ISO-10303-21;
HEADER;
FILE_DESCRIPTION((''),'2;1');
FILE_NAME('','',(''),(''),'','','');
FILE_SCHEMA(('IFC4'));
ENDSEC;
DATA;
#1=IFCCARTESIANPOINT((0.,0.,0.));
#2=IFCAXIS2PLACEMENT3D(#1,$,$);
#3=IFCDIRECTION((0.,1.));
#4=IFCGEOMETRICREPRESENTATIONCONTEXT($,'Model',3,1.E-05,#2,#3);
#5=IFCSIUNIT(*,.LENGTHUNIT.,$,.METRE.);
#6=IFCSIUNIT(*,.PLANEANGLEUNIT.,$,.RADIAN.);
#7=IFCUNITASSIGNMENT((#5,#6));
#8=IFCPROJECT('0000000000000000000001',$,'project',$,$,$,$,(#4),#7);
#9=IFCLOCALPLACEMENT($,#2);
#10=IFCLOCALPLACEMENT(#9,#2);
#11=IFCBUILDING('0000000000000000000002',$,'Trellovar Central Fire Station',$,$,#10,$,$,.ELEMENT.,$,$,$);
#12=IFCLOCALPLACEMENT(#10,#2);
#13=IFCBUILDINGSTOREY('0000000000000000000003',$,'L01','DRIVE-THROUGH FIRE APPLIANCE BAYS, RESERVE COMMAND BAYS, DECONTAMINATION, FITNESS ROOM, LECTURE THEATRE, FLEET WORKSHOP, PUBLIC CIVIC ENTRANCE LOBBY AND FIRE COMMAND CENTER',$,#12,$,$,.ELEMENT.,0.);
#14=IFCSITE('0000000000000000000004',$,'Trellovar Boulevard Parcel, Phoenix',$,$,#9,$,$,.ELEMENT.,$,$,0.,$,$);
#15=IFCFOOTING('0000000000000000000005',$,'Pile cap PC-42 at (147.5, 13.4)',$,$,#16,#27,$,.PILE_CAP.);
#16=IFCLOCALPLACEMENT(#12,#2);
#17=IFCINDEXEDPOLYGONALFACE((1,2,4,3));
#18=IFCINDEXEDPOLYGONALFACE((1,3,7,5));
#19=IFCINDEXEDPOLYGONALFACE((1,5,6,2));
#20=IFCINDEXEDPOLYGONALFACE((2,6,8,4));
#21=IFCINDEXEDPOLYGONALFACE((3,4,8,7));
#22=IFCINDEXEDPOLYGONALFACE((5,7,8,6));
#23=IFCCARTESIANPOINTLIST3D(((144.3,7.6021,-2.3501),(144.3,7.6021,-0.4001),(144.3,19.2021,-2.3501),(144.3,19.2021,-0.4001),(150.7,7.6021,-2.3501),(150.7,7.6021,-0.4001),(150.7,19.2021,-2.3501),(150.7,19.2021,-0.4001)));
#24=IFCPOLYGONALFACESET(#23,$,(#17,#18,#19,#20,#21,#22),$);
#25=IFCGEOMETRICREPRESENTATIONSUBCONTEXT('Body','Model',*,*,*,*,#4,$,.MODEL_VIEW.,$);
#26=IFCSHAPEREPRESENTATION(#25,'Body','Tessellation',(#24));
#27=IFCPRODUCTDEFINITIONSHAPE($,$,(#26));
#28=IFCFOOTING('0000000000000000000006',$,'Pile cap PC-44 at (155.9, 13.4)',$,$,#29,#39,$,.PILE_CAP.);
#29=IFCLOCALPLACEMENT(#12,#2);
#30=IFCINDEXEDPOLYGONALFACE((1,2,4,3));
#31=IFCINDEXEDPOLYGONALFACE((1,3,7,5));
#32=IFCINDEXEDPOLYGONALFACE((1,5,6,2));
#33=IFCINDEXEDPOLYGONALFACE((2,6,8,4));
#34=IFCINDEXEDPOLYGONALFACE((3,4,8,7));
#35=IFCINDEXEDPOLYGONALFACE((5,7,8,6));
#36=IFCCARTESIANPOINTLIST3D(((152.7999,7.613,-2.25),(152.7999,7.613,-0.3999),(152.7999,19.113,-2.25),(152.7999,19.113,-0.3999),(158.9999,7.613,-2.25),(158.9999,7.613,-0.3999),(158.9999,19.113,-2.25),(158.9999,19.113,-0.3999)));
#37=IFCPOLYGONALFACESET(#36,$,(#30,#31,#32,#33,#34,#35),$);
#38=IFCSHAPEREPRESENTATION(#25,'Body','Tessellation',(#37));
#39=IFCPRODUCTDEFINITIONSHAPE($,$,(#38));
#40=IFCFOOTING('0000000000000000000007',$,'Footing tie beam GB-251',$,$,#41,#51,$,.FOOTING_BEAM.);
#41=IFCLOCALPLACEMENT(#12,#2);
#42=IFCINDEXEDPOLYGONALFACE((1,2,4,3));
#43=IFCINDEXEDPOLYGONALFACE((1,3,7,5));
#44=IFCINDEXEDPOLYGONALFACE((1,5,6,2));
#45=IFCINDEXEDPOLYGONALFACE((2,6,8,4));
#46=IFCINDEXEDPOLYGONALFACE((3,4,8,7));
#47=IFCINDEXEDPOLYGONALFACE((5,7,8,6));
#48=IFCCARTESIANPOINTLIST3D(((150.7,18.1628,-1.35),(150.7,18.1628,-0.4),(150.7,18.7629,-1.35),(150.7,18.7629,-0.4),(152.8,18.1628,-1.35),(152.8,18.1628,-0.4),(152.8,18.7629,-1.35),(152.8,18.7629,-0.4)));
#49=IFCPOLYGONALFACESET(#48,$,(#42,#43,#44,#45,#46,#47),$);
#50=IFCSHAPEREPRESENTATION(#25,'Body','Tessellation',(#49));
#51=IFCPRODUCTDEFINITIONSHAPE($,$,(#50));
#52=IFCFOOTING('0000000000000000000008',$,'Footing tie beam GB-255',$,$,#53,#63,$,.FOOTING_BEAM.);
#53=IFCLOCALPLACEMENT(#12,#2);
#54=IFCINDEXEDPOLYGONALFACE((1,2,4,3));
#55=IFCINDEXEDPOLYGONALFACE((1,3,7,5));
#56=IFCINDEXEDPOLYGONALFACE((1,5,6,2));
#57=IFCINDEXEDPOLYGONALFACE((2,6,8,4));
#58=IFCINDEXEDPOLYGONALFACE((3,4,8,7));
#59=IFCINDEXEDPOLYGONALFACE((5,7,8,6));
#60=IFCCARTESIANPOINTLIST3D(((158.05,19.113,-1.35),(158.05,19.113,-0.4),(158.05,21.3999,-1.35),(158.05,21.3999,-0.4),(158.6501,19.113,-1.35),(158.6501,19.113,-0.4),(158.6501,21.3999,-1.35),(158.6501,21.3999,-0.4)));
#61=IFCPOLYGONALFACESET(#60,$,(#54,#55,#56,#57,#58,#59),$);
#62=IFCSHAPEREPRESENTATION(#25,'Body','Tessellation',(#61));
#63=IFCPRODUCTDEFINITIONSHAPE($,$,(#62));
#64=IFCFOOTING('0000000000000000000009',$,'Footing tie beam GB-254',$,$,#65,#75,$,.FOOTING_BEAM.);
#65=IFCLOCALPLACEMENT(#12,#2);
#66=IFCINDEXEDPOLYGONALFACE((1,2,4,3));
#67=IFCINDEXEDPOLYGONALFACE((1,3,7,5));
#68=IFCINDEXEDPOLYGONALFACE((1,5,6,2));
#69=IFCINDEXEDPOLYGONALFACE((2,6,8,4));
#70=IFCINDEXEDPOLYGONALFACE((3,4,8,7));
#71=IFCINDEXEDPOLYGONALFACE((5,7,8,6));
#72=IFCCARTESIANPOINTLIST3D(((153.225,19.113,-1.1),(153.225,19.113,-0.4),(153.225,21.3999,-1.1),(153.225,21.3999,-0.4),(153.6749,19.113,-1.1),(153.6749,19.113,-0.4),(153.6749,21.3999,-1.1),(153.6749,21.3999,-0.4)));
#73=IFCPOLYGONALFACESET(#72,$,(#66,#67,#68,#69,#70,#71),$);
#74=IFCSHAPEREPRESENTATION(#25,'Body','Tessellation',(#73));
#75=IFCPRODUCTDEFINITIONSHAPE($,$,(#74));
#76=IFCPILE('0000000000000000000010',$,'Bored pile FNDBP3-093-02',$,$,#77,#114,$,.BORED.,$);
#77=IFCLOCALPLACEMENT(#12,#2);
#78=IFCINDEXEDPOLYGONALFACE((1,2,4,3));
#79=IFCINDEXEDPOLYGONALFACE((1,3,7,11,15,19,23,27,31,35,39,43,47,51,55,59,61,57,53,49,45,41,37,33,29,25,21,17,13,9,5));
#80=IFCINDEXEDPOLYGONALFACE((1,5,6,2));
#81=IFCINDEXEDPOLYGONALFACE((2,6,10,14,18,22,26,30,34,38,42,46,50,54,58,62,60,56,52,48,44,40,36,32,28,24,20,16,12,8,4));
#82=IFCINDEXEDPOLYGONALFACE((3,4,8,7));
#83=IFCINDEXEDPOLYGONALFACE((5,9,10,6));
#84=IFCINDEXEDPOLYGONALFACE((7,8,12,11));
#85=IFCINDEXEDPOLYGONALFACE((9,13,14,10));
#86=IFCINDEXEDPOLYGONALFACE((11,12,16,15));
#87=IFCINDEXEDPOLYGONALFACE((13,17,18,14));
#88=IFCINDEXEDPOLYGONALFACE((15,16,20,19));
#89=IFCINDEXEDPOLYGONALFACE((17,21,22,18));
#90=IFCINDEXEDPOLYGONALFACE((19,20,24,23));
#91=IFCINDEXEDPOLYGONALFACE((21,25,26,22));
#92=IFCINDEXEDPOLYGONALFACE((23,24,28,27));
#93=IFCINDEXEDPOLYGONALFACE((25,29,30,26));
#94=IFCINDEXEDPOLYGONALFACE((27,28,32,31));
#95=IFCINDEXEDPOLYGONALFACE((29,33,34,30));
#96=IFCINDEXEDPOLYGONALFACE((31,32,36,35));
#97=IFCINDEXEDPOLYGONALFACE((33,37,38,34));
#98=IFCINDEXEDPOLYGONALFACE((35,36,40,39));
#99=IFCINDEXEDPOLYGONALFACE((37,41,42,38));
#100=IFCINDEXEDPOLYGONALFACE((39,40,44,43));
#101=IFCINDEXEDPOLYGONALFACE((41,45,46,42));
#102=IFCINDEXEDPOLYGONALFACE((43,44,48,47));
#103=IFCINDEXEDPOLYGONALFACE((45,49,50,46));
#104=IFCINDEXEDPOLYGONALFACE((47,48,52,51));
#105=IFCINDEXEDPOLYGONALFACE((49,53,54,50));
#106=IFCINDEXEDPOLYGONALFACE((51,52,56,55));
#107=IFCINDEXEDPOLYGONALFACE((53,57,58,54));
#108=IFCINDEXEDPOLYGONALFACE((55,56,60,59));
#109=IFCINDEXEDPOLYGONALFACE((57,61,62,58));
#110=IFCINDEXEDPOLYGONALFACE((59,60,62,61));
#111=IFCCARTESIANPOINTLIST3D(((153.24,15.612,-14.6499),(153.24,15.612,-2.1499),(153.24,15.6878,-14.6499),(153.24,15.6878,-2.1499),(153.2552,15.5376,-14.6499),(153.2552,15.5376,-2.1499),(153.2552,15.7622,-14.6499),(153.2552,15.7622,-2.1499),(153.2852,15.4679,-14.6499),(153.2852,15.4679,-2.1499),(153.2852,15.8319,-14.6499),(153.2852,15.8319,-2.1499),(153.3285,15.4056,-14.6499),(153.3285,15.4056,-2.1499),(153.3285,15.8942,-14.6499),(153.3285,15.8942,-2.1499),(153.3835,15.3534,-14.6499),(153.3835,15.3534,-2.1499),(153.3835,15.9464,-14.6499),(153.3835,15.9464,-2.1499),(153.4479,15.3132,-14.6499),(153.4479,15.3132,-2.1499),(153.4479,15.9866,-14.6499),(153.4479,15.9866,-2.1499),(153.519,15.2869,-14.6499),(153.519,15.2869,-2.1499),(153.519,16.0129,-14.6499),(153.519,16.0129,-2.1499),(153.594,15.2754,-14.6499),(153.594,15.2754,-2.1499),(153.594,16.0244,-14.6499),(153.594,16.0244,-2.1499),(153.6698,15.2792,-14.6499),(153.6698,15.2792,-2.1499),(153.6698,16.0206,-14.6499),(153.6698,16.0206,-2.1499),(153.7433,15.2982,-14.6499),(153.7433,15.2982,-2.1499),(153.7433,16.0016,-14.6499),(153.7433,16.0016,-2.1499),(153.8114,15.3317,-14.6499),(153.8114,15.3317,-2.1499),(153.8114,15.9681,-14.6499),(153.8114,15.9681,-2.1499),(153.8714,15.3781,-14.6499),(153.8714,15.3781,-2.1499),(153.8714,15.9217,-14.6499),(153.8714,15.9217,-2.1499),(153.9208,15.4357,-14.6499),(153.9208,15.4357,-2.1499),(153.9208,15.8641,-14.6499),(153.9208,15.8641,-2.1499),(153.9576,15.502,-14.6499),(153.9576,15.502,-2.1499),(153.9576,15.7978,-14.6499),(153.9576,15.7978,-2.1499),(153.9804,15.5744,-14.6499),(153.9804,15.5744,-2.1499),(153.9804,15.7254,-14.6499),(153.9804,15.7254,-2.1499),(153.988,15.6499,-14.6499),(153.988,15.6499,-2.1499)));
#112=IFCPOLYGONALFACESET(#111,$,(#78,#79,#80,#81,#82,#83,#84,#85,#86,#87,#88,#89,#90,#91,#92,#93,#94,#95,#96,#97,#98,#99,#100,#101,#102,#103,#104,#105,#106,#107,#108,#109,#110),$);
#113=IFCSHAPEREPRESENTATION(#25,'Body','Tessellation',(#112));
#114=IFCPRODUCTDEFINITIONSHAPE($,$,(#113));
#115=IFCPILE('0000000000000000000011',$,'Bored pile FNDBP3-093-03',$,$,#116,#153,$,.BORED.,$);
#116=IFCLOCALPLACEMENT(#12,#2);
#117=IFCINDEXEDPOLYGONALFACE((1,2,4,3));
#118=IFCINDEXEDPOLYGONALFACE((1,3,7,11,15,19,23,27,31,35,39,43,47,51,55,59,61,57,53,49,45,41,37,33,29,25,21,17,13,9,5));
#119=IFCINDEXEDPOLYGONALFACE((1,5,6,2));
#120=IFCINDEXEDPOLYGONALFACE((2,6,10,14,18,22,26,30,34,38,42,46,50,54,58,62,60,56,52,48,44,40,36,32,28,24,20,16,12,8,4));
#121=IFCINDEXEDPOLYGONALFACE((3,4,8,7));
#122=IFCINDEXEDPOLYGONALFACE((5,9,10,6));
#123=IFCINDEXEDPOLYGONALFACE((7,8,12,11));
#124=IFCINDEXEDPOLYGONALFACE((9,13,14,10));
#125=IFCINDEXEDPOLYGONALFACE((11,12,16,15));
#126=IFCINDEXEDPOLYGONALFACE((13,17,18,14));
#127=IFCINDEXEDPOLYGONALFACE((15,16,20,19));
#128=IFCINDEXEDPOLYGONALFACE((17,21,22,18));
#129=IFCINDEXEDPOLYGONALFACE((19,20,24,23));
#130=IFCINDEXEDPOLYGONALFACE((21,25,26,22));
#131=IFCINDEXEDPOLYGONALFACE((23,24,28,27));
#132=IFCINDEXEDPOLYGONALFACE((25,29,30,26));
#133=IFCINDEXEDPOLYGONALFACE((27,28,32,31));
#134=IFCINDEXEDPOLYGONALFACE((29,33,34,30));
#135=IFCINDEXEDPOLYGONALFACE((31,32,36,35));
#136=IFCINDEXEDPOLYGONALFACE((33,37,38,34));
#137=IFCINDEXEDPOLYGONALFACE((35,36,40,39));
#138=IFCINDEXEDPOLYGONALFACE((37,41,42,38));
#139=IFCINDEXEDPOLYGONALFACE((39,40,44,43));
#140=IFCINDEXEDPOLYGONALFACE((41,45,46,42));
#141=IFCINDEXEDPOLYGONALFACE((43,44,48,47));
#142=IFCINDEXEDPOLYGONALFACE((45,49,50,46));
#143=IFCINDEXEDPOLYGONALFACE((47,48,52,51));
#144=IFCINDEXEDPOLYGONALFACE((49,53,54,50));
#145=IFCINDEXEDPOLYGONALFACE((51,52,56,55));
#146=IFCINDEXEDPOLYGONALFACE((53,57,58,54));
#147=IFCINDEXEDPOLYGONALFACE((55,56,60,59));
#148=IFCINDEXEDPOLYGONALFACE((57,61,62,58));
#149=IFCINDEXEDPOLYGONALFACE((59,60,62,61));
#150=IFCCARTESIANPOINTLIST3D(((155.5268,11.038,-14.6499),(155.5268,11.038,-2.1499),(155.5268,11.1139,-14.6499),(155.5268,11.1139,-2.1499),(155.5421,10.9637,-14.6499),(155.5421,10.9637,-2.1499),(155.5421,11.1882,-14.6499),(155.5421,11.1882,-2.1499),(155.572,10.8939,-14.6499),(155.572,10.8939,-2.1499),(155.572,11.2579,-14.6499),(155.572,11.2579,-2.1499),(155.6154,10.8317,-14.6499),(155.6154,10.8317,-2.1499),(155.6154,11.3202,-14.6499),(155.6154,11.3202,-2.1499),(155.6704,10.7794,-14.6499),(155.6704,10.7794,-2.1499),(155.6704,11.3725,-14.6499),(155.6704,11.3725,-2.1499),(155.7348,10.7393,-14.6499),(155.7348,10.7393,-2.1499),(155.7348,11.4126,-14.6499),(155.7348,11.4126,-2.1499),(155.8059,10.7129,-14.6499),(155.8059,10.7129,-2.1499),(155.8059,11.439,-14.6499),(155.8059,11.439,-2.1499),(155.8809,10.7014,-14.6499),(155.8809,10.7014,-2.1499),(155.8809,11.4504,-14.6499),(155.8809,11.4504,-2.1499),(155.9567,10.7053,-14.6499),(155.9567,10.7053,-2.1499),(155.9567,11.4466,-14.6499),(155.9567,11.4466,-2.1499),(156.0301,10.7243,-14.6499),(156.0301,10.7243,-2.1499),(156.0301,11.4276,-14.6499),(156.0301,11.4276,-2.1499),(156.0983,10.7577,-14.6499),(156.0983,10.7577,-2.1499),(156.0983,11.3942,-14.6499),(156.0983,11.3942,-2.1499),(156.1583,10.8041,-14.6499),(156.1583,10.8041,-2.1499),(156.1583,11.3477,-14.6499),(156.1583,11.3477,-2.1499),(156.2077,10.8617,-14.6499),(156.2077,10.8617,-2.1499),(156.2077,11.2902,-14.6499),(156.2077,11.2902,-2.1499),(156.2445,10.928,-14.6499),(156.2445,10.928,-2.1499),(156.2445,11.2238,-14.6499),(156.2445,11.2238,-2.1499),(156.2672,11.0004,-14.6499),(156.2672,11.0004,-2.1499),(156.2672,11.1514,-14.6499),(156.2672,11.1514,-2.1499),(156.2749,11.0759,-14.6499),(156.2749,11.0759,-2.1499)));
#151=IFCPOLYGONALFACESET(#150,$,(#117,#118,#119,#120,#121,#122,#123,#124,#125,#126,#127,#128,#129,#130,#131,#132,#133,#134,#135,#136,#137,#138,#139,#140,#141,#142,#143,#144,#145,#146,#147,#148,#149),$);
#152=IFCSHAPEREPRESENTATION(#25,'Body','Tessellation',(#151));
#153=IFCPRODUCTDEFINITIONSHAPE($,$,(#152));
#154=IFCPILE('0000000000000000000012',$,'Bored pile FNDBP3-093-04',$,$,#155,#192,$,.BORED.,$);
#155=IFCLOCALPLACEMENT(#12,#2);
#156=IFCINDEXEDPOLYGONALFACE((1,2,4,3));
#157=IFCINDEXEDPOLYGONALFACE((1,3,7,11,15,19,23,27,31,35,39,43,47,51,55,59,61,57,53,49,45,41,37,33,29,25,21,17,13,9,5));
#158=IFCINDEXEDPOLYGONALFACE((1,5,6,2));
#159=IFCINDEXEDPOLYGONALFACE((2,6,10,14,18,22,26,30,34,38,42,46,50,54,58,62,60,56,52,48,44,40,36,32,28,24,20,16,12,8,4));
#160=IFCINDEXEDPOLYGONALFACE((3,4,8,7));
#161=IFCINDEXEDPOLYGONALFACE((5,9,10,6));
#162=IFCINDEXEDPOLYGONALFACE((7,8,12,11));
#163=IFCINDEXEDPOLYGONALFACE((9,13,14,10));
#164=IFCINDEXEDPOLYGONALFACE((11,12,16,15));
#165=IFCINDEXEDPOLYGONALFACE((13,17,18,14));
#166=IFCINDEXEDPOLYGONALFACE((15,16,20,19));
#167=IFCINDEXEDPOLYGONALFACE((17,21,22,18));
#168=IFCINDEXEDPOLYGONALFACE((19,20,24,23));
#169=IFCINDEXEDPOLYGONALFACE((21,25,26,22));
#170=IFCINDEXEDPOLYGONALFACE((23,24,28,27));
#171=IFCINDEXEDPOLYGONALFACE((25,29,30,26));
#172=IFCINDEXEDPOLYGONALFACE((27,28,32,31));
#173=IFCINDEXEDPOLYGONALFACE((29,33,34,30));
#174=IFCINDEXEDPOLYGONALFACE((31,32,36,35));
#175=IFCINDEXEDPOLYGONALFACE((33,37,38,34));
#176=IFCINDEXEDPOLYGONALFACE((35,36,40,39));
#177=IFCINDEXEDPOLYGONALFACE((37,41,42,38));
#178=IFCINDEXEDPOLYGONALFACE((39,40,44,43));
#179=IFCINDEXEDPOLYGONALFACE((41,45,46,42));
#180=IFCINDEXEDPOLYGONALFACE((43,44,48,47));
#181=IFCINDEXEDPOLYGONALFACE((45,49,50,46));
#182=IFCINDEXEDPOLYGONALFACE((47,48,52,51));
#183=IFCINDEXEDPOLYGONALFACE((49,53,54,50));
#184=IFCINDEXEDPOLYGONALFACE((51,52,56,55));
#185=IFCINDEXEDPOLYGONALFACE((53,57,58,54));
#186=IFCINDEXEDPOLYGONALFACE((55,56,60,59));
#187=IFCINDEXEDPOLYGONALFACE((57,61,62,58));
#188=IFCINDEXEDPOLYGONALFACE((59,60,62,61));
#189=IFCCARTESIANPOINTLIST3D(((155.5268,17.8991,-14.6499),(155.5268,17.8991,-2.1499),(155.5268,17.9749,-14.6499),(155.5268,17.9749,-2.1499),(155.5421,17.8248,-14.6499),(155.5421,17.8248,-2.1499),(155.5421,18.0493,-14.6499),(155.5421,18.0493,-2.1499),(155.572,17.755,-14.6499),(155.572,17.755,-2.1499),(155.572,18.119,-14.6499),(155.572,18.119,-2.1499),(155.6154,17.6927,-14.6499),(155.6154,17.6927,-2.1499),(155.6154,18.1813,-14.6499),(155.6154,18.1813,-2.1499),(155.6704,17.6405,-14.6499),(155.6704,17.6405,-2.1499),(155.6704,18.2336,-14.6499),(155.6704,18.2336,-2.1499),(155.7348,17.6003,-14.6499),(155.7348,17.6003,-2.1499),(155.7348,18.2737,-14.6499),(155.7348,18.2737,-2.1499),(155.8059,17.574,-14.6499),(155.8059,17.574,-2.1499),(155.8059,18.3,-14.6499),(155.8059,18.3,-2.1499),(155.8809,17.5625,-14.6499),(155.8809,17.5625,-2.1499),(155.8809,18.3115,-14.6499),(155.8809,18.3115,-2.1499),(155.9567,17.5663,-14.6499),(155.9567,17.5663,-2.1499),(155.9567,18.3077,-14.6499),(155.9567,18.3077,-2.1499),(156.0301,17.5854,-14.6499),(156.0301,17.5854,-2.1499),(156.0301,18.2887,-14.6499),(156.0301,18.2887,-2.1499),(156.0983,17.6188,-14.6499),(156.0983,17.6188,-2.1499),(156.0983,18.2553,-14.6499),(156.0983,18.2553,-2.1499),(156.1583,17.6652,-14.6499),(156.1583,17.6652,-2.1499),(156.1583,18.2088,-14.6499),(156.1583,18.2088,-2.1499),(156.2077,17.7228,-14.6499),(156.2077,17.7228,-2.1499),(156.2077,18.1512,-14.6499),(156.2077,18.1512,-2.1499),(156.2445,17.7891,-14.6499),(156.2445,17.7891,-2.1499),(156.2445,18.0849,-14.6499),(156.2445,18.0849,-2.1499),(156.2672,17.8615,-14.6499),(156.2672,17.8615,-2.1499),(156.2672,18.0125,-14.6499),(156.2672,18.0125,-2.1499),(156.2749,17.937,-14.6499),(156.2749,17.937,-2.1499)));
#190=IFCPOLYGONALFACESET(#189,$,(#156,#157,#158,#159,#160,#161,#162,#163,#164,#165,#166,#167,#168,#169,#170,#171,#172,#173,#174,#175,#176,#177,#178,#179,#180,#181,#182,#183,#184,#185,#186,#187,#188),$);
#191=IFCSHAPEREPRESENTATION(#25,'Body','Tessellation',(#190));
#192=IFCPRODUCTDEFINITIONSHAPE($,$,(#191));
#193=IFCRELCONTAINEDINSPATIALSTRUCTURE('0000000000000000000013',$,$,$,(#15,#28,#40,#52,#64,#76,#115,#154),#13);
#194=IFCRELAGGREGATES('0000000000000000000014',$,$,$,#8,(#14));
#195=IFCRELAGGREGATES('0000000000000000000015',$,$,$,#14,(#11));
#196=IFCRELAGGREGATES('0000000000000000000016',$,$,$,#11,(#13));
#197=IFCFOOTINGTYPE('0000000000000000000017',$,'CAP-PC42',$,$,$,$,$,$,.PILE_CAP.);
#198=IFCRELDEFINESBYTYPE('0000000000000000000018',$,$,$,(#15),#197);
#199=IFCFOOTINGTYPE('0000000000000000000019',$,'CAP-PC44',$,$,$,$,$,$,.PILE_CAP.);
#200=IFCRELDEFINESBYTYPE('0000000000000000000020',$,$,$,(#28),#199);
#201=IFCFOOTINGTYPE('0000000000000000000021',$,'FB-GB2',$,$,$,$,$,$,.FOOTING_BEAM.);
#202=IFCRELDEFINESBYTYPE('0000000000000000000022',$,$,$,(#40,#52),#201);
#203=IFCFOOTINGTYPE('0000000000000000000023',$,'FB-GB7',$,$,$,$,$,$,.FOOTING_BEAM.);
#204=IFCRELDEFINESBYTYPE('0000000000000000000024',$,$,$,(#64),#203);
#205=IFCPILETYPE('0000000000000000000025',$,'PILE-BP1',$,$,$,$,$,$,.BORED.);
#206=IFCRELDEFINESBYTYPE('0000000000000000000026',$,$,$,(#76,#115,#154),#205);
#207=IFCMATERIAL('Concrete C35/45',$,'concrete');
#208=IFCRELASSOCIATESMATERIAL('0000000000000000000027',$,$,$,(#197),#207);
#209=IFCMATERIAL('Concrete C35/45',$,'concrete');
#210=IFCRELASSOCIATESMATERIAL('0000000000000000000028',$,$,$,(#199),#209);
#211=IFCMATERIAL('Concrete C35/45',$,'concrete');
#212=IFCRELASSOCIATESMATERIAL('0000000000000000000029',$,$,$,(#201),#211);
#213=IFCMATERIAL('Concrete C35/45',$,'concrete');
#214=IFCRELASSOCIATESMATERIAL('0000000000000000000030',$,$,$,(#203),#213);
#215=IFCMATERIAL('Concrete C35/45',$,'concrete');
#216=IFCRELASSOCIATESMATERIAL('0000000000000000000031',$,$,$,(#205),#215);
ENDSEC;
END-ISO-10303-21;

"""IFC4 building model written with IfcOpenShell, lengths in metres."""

from ifc_helpers import new_model, si_unit, direction, frame, origin, origin_2d, place, context, subcontext, project, spatial, rectangle, circle, extrude, material, material_profile, profile_set, type_object, element, save


model = new_model("IFC4")

# Units and contexts
model_context = context("Model", 3, precision=1e-05, world=origin(), true_north=direction((0.0, 1.0)))
body_context = subcontext(model_context, "Body", "Model", "MODEL_VIEW")
ifc_project = project(units=[si_unit("LENGTHUNIT", "METRE"), si_unit("PLANEANGLEUNIT", "RADIAN")], contexts=[model_context])

# Site, building, storey
site_placement = place(None, origin())
site = spatial("IfcSite", under=ifc_project, at=site_placement, Name="Trellovar Boulevard Parcel, Phoenix", CompositionType="ELEMENT", RefElevation=0.0)
building_placement = place(site_placement, origin())
building = spatial("IfcBuilding", under=site, at=building_placement, Name="Trellovar Central Fire Station", CompositionType="ELEMENT")
storey_placement = place(building_placement, origin())
storey = spatial("IfcBuildingStorey", under=building, at=storey_placement, Name="L01", Description="DRIVE-THROUGH FIRE APPLIANCE BAYS, RESERVE COMMAND BAYS, DECONTAMINATION, FITNESS ROOM, LECTURE THEATRE, FLEET WORKSHOP, PUBLIC CIVIC ENTRANCE LOBBY AND FIRE COMMAND CENTER", CompositionType="ELEMENT", Elevation=0.0)

# Footings
ifc_material_1 = material(Name="Concrete C35/45", Category="concrete")
footing_type_1 = type_object("IfcFootingType", Name="CAP-PC42", PredefinedType="PILE_CAP", material=ifc_material_1)
footing_1_placement = place(storey_placement, frame((147.5, 13.4021, -2.3501), z_axis=(0.0, 0.0, 1.0), x_axis=(1.0, 0.0, 0.0)))
element("IfcFooting", 1, at=footing_1_placement, inside=storey, type_object=footing_type_1, Name="Pile cap PC-42 at (147.5, 13.4)", PredefinedType="PILE_CAP", context=body_context, shape_type="SweptSolid", body=[
    extrude(rectangle(XDim=6.3999, YDim=11.6001, at=origin_2d()), origin(), (0.0, 0.0, 1.0), 1.95),
])
ifc_material_2 = material(Name="Concrete C35/45", Category="concrete")
footing_type_2 = type_object("IfcFootingType", Name="CAP-PC44", PredefinedType="PILE_CAP", material=ifc_material_2)
footing_2_placement = place(storey_placement, frame((155.8999, 13.363, -2.25), z_axis=(0.0, 0.0, 1.0), x_axis=(1.0, 0.0, 0.0)))
element("IfcFooting", 2, at=footing_2_placement, inside=storey, type_object=footing_type_2, Name="Pile cap PC-44 at (155.9, 13.4)", PredefinedType="PILE_CAP", context=body_context, shape_type="SweptSolid", body=[
    extrude(rectangle(XDim=6.2, YDim=11.5, at=origin_2d()), origin(), (0.0, 0.0, 1.0), 1.8501),
])
ifc_material_3 = material(Name="Concrete C35/45", Category="concrete")
ifc_material_profile_1 = material_profile(ifc_material_3, rectangle(XDim=0.6001, YDim=0.95, at=origin_2d()), Name="RC600X950")
ifc_profile_set_1 = profile_set([ifc_material_profile_1], Name="Concrete C35/45")
footing_type_3 = type_object("IfcFootingType", Name="FB-GB2", PredefinedType="FOOTING_BEAM", material=ifc_profile_set_1)
footing_3_placement = place(storey_placement, frame((150.7, 18.4629, -0.875), z_axis=(1.0, 0.0, 0.0), x_axis=(0.0, 1.0, 0.0)))
element("IfcFooting", 3, at=footing_3_placement, inside=storey, type_object=footing_type_3, Name="Footing tie beam GB-251", PredefinedType="FOOTING_BEAM", context=body_context, shape_type="SweptSolid", body=[
    extrude(rectangle(XDim=0.6001, YDim=0.95, at=origin_2d()), origin(), (0.0, 0.0, 1.0), 2.1001),
])
footing_4_placement = place(storey_placement, frame((158.3501, 19.113, -0.875), z_axis=(0.0, 1.0, 0.0), x_axis=(-1.0, 0.0, 0.0)))
element("IfcFooting", 4, at=footing_4_placement, inside=storey, type_object=footing_type_3, Name="Footing tie beam GB-255", PredefinedType="FOOTING_BEAM", context=body_context, shape_type="SweptSolid", body=[
    extrude(rectangle(XDim=0.6001, YDim=0.95, at=origin_2d()), origin(), (0.0, 0.0, 1.0), 2.2869),
])
ifc_material_4 = material(Name="Concrete C35/45", Category="concrete")
ifc_material_profile_2 = material_profile(ifc_material_4, rectangle(XDim=0.45, YDim=0.7, at=origin_2d()), Name="RC450X700")
ifc_profile_set_2 = profile_set([ifc_material_profile_2], Name="Concrete C35/45")
footing_type_4 = type_object("IfcFootingType", Name="FB-GB7", PredefinedType="FOOTING_BEAM", material=ifc_profile_set_2)
footing_5_placement = place(storey_placement, frame((153.45, 19.113, -0.75), z_axis=(0.0, 1.0, 0.0), x_axis=(-1.0, 0.0, 0.0)))
element("IfcFooting", 5, at=footing_5_placement, inside=storey, type_object=footing_type_4, Name="Footing tie beam GB-254", PredefinedType="FOOTING_BEAM", context=body_context, shape_type="SweptSolid", body=[
    extrude(rectangle(XDim=0.45, YDim=0.7, at=origin_2d()), origin(), (0.0, 0.0, 1.0), 2.2869),
])

# Piles
ifc_material_5 = material(Name="Concrete C35/45", Category="concrete")
ifc_material_profile_3 = material_profile(ifc_material_5, circle(Radius=0.375, at=origin_2d()), Name="PILE750")
ifc_profile_set_3 = profile_set([ifc_material_profile_3], Name="Concrete C35/45")
pile_type_1 = type_object("IfcPileType", Name="PILE-BP1", PredefinedType="BORED", material=ifc_profile_set_3)
for number, where, z_axis, x_axis, name in (
    (6, (153.613, 15.6499, -2.1499), (0.0, 0.0, -1.0), (1.0, 0.0, 0.0), "Bored pile FNDBP3-093-02"),
    (7, (155.8999, 11.0759, -2.1499), (0.0, 0.0, -1.0), (1.0, 0.0, 0.0), "Bored pile FNDBP3-093-03"),
    (8, (155.8999, 17.937, -2.1499), (0.0, 0.0, -1.0), (1.0, 0.0, 0.0), "Bored pile FNDBP3-093-04"),
):
    element("IfcPile", number, at=place(storey_placement, frame(where, z_axis=z_axis, x_axis=x_axis)), inside=storey, type_object=pile_type_1, Name=name, PredefinedType="BORED", context=body_context, shape_type="SweptSolid", body=[
        extrude(circle(Radius=0.375, at=origin_2d()), origin(), (0.0, 0.0, 1.0), 12.5),
    ])

save(model, "model.ifc")
